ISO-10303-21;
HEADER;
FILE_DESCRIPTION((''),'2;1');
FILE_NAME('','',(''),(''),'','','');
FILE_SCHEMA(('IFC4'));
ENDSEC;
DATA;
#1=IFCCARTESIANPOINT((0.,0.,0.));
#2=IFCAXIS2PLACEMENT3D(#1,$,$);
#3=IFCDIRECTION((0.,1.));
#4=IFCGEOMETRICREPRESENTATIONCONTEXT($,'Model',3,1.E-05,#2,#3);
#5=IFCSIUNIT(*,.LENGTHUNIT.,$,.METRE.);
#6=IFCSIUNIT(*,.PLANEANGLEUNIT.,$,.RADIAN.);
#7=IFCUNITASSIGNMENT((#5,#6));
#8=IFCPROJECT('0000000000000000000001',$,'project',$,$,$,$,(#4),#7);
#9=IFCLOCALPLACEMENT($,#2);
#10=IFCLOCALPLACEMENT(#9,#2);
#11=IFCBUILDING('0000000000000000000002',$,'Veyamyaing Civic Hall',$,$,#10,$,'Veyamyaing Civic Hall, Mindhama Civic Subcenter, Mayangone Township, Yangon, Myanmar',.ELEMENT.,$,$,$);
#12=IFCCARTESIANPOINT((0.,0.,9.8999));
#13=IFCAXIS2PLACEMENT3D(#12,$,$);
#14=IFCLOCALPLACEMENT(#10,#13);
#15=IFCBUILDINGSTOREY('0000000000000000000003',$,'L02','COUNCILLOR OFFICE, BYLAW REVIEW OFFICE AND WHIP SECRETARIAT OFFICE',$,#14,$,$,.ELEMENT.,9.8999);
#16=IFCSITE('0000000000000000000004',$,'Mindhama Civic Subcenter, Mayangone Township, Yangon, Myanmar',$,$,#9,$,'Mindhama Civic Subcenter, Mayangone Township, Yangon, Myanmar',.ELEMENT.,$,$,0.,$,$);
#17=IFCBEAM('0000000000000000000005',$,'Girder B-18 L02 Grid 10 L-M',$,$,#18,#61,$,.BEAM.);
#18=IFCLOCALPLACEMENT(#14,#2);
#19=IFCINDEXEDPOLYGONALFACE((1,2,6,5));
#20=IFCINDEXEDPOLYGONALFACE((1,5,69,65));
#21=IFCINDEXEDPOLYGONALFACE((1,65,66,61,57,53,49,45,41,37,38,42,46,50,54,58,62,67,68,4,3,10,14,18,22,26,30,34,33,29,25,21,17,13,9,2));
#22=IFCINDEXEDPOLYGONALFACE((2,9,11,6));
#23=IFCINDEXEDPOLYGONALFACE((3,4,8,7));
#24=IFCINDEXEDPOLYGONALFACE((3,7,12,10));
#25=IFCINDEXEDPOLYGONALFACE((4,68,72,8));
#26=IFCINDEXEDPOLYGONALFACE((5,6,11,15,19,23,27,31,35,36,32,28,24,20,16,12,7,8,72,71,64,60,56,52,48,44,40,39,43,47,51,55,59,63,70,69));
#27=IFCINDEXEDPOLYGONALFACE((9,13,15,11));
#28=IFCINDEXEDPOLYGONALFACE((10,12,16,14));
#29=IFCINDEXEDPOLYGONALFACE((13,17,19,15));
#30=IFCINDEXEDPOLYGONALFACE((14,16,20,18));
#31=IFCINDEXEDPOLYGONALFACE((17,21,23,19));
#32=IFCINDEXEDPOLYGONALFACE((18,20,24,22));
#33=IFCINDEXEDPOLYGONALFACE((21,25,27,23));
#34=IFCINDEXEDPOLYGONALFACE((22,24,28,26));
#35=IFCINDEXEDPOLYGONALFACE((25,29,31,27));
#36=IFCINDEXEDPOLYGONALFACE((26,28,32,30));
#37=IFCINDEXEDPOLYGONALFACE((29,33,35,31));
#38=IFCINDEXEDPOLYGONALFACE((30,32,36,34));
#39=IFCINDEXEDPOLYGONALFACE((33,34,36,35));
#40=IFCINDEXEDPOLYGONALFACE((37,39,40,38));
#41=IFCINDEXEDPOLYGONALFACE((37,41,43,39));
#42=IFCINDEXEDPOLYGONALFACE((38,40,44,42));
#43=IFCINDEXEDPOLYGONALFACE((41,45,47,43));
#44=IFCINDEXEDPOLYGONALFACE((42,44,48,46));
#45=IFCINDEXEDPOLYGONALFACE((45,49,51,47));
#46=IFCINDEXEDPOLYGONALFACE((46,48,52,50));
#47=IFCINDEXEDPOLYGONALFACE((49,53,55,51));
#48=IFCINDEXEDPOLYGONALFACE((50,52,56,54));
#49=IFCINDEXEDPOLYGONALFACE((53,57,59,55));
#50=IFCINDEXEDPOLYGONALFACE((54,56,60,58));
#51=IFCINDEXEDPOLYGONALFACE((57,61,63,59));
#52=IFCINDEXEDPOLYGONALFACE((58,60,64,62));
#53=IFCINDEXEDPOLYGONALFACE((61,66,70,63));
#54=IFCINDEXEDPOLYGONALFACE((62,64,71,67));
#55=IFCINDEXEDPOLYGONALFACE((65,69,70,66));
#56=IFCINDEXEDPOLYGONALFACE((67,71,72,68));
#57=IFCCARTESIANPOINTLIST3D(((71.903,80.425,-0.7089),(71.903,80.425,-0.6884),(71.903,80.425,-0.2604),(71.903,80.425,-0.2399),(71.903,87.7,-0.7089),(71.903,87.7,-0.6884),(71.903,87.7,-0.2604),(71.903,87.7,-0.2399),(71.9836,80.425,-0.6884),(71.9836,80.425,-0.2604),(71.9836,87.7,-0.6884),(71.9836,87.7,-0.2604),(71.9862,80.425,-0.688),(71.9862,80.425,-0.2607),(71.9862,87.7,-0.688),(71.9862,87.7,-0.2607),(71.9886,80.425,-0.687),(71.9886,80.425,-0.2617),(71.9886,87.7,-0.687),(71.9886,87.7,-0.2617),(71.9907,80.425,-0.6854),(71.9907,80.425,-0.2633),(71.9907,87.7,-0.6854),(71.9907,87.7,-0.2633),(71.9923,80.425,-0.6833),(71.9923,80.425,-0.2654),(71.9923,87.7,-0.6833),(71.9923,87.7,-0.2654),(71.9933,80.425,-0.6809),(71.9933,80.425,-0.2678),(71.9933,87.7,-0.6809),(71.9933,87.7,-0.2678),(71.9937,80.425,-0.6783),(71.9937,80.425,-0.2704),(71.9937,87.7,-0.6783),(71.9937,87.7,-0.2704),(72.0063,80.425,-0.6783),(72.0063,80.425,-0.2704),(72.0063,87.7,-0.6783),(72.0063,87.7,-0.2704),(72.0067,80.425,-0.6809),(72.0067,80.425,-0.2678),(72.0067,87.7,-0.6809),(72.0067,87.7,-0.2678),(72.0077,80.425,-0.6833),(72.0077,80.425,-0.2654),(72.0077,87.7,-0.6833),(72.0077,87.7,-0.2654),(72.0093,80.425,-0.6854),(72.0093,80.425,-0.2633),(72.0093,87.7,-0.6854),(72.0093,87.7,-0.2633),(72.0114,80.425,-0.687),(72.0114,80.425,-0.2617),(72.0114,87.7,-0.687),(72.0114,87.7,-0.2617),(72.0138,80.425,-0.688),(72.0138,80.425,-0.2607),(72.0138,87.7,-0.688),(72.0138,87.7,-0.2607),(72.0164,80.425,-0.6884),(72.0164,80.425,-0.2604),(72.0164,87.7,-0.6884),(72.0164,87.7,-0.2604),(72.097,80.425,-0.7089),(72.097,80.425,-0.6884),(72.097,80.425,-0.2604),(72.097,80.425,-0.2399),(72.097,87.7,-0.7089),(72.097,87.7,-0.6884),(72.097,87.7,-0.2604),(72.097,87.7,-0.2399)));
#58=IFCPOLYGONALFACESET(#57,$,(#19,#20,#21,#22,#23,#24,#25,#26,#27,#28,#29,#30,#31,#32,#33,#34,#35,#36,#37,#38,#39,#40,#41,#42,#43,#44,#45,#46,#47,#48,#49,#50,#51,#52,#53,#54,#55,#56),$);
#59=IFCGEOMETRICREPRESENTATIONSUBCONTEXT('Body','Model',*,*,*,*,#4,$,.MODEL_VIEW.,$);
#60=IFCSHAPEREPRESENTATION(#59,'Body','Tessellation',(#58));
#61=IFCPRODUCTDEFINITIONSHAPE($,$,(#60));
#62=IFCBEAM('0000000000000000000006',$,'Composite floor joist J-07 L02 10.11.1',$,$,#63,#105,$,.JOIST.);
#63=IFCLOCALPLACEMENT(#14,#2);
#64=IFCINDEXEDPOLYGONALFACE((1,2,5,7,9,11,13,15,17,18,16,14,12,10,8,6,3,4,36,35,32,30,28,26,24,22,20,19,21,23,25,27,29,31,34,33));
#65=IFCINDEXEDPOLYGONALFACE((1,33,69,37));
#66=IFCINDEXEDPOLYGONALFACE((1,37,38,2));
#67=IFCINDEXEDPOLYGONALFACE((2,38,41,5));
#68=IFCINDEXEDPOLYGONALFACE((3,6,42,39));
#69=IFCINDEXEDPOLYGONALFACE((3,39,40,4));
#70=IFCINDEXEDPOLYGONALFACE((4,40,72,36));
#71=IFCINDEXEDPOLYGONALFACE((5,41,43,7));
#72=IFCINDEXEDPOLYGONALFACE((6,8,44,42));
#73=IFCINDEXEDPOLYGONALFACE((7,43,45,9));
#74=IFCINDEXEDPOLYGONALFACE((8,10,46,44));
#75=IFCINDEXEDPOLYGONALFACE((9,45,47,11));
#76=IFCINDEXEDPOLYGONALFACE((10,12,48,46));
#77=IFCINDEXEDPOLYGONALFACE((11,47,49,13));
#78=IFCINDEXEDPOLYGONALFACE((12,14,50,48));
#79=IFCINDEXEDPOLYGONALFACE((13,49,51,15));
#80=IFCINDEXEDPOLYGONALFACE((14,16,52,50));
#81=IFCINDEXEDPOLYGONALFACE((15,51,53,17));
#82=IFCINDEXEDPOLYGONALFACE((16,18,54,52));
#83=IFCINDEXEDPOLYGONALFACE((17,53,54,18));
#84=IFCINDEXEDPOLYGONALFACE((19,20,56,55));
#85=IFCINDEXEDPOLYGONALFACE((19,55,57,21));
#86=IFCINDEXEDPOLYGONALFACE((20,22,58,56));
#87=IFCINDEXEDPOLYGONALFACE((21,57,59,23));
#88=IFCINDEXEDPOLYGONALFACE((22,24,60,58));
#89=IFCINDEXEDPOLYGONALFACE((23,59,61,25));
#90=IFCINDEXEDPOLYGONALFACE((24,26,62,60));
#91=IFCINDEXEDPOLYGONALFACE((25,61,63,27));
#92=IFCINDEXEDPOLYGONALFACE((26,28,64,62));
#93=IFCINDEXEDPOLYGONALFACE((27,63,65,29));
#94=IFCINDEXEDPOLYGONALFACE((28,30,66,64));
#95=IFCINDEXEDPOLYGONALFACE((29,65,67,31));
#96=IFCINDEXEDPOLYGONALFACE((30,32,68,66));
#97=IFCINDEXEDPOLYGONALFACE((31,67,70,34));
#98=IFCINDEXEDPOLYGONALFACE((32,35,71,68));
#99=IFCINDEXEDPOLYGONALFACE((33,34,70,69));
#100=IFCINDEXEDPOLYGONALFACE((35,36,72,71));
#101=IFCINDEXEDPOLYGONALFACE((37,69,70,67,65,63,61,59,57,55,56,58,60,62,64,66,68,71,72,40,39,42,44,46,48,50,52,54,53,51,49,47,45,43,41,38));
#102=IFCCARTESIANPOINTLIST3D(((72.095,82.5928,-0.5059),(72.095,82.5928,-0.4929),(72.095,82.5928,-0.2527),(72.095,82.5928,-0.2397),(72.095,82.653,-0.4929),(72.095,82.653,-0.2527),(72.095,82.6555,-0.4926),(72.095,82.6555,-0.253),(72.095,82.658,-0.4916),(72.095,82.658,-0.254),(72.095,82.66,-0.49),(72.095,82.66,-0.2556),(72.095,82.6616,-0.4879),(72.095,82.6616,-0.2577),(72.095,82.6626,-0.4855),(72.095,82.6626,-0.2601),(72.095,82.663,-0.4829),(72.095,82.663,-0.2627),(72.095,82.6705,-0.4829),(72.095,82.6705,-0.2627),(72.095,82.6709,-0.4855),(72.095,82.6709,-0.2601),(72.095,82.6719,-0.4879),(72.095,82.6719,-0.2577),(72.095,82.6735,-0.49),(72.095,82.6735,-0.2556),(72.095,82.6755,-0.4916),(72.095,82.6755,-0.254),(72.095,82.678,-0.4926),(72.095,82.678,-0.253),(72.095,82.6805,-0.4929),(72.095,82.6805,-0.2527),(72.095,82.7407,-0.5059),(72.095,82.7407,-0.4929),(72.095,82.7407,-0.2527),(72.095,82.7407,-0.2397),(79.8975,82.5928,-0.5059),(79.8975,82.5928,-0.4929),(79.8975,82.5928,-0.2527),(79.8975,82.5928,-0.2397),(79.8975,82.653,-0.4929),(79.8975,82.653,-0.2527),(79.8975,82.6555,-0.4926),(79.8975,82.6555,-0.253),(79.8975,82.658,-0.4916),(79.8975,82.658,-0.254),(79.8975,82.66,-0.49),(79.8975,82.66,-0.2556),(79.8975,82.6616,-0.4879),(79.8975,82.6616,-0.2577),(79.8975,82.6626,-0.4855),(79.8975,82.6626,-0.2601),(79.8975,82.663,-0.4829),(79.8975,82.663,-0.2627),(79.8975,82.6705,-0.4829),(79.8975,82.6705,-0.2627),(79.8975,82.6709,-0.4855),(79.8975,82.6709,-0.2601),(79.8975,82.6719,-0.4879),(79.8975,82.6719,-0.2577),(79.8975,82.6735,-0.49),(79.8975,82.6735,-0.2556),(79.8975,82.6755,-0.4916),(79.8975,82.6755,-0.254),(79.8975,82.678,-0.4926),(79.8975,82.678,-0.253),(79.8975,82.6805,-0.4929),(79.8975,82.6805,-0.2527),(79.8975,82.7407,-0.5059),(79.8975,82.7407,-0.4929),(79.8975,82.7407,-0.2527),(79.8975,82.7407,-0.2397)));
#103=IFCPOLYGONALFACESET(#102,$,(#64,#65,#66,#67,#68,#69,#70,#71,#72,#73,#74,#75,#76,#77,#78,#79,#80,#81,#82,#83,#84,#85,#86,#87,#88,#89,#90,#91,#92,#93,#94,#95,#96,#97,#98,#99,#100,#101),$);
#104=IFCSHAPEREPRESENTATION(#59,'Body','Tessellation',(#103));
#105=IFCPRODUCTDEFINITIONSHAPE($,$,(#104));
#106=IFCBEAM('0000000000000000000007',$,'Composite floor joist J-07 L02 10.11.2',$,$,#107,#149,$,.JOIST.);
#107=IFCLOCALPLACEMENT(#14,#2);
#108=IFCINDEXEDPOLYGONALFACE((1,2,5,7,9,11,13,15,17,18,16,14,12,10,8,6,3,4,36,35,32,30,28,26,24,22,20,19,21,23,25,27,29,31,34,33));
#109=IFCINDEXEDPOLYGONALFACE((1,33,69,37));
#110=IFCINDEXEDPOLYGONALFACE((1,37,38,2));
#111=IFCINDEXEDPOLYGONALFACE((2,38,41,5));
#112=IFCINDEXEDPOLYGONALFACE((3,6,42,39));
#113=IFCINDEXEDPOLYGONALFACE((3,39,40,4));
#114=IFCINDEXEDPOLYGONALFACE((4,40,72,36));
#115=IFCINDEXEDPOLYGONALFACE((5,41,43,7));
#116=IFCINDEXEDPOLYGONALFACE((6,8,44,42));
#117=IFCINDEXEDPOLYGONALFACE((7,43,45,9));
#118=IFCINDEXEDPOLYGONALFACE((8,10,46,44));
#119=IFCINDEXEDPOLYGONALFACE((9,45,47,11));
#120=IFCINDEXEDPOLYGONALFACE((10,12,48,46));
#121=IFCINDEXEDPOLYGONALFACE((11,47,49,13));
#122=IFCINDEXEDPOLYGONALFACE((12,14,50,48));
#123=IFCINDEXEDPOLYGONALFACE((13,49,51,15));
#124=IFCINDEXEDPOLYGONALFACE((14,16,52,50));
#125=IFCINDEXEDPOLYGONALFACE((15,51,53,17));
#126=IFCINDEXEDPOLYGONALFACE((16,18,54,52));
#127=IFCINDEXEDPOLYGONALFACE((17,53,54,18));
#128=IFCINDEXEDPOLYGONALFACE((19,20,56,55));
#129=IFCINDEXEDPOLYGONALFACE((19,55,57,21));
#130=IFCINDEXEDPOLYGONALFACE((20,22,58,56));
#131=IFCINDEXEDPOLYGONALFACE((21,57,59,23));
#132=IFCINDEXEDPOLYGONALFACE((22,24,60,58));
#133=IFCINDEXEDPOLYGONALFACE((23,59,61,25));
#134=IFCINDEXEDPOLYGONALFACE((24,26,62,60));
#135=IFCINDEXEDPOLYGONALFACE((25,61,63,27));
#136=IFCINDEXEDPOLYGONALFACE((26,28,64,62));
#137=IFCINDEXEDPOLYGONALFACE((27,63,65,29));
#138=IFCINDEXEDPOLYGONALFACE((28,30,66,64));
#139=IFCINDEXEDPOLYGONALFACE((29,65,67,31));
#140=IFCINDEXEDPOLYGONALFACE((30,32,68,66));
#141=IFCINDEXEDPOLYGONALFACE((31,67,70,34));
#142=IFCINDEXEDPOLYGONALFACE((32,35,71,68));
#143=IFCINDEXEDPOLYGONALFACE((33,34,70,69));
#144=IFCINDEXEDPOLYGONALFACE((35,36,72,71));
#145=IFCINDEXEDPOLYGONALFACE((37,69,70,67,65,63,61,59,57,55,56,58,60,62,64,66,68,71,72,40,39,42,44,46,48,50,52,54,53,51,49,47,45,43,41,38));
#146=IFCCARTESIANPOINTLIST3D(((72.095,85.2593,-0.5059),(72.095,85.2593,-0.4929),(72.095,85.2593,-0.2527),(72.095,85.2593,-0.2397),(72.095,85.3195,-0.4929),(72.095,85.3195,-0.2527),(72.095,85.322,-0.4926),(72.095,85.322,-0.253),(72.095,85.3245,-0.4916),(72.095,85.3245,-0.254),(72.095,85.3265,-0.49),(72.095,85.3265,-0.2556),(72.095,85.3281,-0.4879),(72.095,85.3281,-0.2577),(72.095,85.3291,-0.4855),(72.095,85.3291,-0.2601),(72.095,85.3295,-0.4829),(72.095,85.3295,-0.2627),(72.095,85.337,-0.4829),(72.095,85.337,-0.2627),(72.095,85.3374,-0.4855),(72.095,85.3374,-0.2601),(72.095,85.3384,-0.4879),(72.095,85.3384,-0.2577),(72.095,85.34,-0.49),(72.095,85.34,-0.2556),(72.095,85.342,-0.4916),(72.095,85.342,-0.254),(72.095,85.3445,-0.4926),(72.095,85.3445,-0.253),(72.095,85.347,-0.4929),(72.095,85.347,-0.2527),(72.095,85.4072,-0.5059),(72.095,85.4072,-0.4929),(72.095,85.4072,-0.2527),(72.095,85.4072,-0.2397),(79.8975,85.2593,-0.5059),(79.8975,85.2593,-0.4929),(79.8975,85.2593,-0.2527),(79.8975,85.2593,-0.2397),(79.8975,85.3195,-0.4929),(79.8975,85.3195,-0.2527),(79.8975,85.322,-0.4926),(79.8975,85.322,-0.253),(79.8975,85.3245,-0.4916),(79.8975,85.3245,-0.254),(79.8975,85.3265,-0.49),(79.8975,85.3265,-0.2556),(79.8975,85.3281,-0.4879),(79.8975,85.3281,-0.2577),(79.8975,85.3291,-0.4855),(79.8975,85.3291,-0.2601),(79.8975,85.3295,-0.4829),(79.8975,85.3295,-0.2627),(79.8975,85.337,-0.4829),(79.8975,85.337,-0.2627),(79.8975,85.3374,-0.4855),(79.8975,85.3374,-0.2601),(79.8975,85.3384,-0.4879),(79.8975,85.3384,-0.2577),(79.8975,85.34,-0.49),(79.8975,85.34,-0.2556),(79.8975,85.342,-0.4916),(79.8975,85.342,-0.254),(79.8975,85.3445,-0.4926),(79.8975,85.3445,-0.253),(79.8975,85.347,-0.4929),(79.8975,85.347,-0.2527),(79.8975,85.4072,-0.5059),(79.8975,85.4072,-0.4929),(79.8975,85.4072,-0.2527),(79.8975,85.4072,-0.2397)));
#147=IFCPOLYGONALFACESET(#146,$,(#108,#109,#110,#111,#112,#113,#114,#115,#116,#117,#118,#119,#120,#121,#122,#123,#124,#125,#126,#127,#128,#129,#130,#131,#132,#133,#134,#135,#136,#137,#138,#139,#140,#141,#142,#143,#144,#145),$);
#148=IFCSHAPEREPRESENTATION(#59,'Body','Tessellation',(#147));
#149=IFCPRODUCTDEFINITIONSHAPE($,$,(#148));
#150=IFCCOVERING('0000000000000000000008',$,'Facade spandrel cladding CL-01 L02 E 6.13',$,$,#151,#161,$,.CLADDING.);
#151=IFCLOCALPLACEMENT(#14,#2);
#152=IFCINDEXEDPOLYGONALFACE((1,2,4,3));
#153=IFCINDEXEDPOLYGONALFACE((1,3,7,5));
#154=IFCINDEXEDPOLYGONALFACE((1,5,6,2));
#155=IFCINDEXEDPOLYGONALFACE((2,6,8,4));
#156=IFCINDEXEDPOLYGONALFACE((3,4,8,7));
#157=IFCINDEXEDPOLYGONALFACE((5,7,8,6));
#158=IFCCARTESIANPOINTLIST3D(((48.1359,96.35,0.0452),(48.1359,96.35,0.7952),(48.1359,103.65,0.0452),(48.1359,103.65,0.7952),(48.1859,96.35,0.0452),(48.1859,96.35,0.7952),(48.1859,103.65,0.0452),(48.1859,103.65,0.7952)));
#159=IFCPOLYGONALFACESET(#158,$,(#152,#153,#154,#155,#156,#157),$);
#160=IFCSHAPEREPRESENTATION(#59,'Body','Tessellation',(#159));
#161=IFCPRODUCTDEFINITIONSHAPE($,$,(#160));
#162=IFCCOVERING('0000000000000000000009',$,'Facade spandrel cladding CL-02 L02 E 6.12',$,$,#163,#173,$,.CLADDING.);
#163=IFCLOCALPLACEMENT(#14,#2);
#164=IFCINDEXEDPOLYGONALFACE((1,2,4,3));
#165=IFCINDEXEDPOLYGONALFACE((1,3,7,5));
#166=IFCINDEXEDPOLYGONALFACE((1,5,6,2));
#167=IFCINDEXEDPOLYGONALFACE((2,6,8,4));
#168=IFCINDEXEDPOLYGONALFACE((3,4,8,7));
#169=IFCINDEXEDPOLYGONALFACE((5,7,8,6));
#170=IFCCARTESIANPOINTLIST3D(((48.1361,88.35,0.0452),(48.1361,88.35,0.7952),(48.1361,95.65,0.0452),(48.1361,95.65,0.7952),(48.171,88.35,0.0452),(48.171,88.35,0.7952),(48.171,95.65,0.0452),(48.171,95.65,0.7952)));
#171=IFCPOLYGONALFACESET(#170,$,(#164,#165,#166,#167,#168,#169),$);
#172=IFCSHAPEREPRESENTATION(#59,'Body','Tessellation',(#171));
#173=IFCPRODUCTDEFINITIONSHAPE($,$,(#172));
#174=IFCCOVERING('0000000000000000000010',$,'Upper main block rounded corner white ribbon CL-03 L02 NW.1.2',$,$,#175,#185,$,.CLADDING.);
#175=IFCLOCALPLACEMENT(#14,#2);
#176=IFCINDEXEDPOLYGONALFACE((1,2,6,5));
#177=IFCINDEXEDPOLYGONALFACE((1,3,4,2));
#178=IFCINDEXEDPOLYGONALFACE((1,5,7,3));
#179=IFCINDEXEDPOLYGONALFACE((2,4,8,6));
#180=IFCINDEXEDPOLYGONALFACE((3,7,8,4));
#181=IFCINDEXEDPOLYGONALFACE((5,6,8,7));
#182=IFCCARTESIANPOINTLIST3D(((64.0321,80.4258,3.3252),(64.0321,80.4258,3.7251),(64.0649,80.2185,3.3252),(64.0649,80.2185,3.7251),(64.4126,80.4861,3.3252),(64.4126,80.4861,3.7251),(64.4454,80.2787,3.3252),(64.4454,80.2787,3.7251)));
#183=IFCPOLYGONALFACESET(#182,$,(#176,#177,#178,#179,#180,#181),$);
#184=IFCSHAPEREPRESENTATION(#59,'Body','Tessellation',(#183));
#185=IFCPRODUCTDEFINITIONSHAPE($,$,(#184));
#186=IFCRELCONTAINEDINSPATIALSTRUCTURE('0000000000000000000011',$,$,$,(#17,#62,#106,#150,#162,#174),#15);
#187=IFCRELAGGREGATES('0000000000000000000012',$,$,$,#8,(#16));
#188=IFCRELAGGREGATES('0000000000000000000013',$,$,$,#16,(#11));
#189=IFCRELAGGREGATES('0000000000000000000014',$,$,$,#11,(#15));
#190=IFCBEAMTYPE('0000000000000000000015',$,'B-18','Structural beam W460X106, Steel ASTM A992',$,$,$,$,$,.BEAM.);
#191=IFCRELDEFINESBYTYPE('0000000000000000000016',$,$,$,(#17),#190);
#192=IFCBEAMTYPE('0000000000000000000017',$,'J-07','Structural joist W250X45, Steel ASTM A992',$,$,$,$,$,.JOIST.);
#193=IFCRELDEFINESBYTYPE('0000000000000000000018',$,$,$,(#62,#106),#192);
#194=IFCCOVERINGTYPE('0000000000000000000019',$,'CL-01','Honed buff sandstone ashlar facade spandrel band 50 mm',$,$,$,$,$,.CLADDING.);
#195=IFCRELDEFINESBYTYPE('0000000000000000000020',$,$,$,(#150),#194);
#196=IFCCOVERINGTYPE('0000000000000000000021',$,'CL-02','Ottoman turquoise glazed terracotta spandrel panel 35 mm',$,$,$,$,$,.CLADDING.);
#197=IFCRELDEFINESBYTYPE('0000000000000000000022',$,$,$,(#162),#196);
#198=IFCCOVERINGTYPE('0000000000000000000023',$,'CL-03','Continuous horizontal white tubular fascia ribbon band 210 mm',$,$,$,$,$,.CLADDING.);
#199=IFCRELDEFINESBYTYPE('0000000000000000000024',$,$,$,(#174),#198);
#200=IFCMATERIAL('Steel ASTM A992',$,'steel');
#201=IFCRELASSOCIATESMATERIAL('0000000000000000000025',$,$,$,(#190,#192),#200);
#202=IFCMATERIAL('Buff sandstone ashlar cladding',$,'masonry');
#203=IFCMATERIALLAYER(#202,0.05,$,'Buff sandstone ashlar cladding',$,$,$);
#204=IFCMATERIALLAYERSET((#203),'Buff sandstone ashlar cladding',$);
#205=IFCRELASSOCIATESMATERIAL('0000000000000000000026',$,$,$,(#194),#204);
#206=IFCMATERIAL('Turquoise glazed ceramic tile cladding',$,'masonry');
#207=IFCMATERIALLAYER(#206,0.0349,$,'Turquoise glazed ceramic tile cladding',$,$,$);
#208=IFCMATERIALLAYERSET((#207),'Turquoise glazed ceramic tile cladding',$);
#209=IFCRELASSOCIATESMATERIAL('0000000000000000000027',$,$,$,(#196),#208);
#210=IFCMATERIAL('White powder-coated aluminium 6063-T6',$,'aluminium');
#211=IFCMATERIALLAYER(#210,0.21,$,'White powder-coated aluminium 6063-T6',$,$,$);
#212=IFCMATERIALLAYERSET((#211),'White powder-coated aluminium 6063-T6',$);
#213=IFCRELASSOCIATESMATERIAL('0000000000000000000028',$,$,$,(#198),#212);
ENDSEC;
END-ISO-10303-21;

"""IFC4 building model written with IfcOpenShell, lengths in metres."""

from ifc_helpers import new_model, si_unit, direction, frame, origin, origin_2d, place, context, subcontext, project, spatial, rectangle, i_section, extrude, material, layer, layer_set, material_profile, profile_set, type_object, element, save


model = new_model("IFC4")

# Units and contexts
model_context = context("Model", 3, precision=1e-05, world=origin(), true_north=direction((0.0, 1.0)))
body_context = subcontext(model_context, "Body", "Model", "MODEL_VIEW")
ifc_project = project(units=[si_unit("LENGTHUNIT", "METRE"), si_unit("PLANEANGLEUNIT", "RADIAN")], contexts=[model_context])

# Site, building, storey
site_placement = place(None, origin())
site = spatial("IfcSite", under=ifc_project, at=site_placement, Name="Mindhama Civic Subcenter, Mayangone Township, Yangon, Myanmar", LongName="Mindhama Civic Subcenter, Mayangone Township, Yangon, Myanmar", CompositionType="ELEMENT", RefElevation=0.0)
building_placement = place(site_placement, origin())
building = spatial("IfcBuilding", under=site, at=building_placement, Name="Veyamyaing Civic Hall", LongName="Veyamyaing Civic Hall, Mindhama Civic Subcenter, Mayangone Township, Yangon, Myanmar", CompositionType="ELEMENT")
storey_placement = place(building_placement, frame((0.0, 0.0, 9.8999)))
storey = spatial("IfcBuildingStorey", under=building, at=storey_placement, Name="L02", Description="COUNCILLOR OFFICE, BYLAW REVIEW OFFICE AND WHIP SECRETARIAT OFFICE", CompositionType="ELEMENT", Elevation=9.8999)

# Beams
ifc_material_1 = material(Name="Steel ASTM A992", Category="steel")
ifc_material_profile_1 = material_profile(ifc_material_1, i_section(OverallWidth=0.1941, OverallDepth=0.469, WebThickness=0.0127, FlangeThickness=0.0205, FilletRadius=0.01, at=origin_2d()), Name="W460X106")
ifc_profile_set_1 = profile_set([ifc_material_profile_1], Name="Steel ASTM A992")
beam_type_1 = type_object("IfcBeamType", Name="B-18", Description="Structural beam W460X106, Steel ASTM A992", PredefinedType="BEAM", material=ifc_profile_set_1)
beam_1_placement = place(storey_placement, frame((72.0, 80.425, -0.4744), z_axis=(0.0, 1.0, 0.0), x_axis=(-1.0, 0.0, 0.0)))
element("IfcBeam", 1, at=beam_1_placement, inside=storey, type_object=beam_type_1, Name="Girder B-18 L02 Grid 10 L-M", PredefinedType="BEAM", context=body_context, shape_type="SweptSolid", body=[
    extrude(i_section(OverallWidth=0.1941, OverallDepth=0.469, WebThickness=0.0127, FlangeThickness=0.0205, FilletRadius=0.01, at=origin_2d()), origin(), (0.0, 0.0, 1.0), 7.2749),
])
ifc_material_profile_2 = material_profile(ifc_material_1, i_section(OverallWidth=0.1479, OverallDepth=0.2661, WebThickness=0.0076, FlangeThickness=0.0129, FilletRadius=0.01, at=origin_2d()), Name="W250X45")
ifc_profile_set_2 = profile_set([ifc_material_profile_2], Name="Steel ASTM A992")
beam_type_2 = type_object("IfcBeamType", Name="J-07", Description="Structural joist W250X45, Steel ASTM A992", PredefinedType="JOIST", material=ifc_profile_set_2)
for number, where, z_axis, x_axis, name in (
    (2, (72.095, 82.6667, -0.3728), (1.0, 0.0, 0.0), (0.0, 1.0, 0.0), "Composite floor joist J-07 L02 10.11.1"),
    (3, (72.095, 85.3333, -0.3728), (1.0, 0.0, 0.0), (0.0, 1.0, 0.0), "Composite floor joist J-07 L02 10.11.2"),
):
    element("IfcBeam", number, at=place(storey_placement, frame(where, z_axis=z_axis, x_axis=x_axis)), inside=storey, type_object=beam_type_2, Name=name, PredefinedType="JOIST", context=body_context, shape_type="SweptSolid", body=[
        extrude(i_section(OverallWidth=0.1479, OverallDepth=0.2661, WebThickness=0.0076, FlangeThickness=0.0129, FilletRadius=0.01, at=origin_2d()), origin(), (0.0, 0.0, 1.0), 7.8025),
    ])

# Coverings
ifc_material_2 = material(Name="Buff sandstone ashlar cladding", Category="masonry")
ifc_layer_1 = layer(ifc_material_2, 0.05, Name="Buff sandstone ashlar cladding")
ifc_layer_set_1 = layer_set([ifc_layer_1], Name="Buff sandstone ashlar cladding")
covering_type_1 = type_object("IfcCoveringType", Name="CL-01", Description="Honed buff sandstone ashlar facade spandrel band 50 mm", PredefinedType="CLADDING", material=ifc_layer_set_1)
covering_1_placement = place(storey_placement, frame((48.1609, 100.0, 0.0452), z_axis=(0.0, 0.0, 1.0), x_axis=(0.0, 1.0, 0.0)))
element("IfcCovering", 4, at=covering_1_placement, inside=storey, type_object=covering_type_1, Name="Facade spandrel cladding CL-01 L02 E 6.13", PredefinedType="CLADDING", context=body_context, shape_type="SweptSolid", body=[
    extrude(rectangle(XDim=7.3, YDim=0.05, at=origin_2d()), origin(), (0.0, 0.0, 1.0), 0.75),
])
ifc_material_3 = material(Name="Turquoise glazed ceramic tile cladding", Category="masonry")
ifc_layer_2 = layer(ifc_material_3, 0.0349, Name="Turquoise glazed ceramic tile cladding")
ifc_layer_set_2 = layer_set([ifc_layer_2], Name="Turquoise glazed ceramic tile cladding")
covering_type_2 = type_object("IfcCoveringType", Name="CL-02", Description="Ottoman turquoise glazed terracotta spandrel panel 35 mm", PredefinedType="CLADDING", material=ifc_layer_set_2)
covering_2_placement = place(storey_placement, frame((48.1536, 92.0, 0.0452), z_axis=(0.0, 0.0, 1.0), x_axis=(0.0, 1.0, 0.0)))
element("IfcCovering", 5, at=covering_2_placement, inside=storey, type_object=covering_type_2, Name="Facade spandrel cladding CL-02 L02 E 6.12", PredefinedType="CLADDING", context=body_context, shape_type="SweptSolid", body=[
    extrude(rectangle(XDim=7.3, YDim=0.0349, at=origin_2d()), origin(), (0.0, 0.0, 1.0), 0.75),
])
ifc_material_4 = material(Name="White powder-coated aluminium 6063-T6", Category="aluminium")
ifc_layer_3 = layer(ifc_material_4, 0.21, Name="White powder-coated aluminium 6063-T6")
ifc_layer_set_3 = layer_set([ifc_layer_3], Name="White powder-coated aluminium 6063-T6")
covering_type_3 = type_object("IfcCoveringType", Name="CL-03", Description="Continuous horizontal white tubular fascia ribbon band 210 mm", PredefinedType="CLADDING", material=ifc_layer_set_3)
covering_3_placement = place(storey_placement, frame((64.2388, 80.3523, 3.3252), z_axis=(0.0, 0.0, 1.0), x_axis=(-0.987688, -0.156434, 0.0)))
element("IfcCovering", 6, at=covering_3_placement, inside=storey, type_object=covering_type_3, Name="Upper main block rounded corner white ribbon CL-03 L02 NW.1.2", PredefinedType="CLADDING", context=body_context, shape_type="SweptSolid", body=[
    extrude(rectangle(XDim=0.3853, YDim=0.21, at=origin_2d()), origin(), (0.0, 0.0, 1.0), 0.3999),
])

save(model, "model.ifc")
